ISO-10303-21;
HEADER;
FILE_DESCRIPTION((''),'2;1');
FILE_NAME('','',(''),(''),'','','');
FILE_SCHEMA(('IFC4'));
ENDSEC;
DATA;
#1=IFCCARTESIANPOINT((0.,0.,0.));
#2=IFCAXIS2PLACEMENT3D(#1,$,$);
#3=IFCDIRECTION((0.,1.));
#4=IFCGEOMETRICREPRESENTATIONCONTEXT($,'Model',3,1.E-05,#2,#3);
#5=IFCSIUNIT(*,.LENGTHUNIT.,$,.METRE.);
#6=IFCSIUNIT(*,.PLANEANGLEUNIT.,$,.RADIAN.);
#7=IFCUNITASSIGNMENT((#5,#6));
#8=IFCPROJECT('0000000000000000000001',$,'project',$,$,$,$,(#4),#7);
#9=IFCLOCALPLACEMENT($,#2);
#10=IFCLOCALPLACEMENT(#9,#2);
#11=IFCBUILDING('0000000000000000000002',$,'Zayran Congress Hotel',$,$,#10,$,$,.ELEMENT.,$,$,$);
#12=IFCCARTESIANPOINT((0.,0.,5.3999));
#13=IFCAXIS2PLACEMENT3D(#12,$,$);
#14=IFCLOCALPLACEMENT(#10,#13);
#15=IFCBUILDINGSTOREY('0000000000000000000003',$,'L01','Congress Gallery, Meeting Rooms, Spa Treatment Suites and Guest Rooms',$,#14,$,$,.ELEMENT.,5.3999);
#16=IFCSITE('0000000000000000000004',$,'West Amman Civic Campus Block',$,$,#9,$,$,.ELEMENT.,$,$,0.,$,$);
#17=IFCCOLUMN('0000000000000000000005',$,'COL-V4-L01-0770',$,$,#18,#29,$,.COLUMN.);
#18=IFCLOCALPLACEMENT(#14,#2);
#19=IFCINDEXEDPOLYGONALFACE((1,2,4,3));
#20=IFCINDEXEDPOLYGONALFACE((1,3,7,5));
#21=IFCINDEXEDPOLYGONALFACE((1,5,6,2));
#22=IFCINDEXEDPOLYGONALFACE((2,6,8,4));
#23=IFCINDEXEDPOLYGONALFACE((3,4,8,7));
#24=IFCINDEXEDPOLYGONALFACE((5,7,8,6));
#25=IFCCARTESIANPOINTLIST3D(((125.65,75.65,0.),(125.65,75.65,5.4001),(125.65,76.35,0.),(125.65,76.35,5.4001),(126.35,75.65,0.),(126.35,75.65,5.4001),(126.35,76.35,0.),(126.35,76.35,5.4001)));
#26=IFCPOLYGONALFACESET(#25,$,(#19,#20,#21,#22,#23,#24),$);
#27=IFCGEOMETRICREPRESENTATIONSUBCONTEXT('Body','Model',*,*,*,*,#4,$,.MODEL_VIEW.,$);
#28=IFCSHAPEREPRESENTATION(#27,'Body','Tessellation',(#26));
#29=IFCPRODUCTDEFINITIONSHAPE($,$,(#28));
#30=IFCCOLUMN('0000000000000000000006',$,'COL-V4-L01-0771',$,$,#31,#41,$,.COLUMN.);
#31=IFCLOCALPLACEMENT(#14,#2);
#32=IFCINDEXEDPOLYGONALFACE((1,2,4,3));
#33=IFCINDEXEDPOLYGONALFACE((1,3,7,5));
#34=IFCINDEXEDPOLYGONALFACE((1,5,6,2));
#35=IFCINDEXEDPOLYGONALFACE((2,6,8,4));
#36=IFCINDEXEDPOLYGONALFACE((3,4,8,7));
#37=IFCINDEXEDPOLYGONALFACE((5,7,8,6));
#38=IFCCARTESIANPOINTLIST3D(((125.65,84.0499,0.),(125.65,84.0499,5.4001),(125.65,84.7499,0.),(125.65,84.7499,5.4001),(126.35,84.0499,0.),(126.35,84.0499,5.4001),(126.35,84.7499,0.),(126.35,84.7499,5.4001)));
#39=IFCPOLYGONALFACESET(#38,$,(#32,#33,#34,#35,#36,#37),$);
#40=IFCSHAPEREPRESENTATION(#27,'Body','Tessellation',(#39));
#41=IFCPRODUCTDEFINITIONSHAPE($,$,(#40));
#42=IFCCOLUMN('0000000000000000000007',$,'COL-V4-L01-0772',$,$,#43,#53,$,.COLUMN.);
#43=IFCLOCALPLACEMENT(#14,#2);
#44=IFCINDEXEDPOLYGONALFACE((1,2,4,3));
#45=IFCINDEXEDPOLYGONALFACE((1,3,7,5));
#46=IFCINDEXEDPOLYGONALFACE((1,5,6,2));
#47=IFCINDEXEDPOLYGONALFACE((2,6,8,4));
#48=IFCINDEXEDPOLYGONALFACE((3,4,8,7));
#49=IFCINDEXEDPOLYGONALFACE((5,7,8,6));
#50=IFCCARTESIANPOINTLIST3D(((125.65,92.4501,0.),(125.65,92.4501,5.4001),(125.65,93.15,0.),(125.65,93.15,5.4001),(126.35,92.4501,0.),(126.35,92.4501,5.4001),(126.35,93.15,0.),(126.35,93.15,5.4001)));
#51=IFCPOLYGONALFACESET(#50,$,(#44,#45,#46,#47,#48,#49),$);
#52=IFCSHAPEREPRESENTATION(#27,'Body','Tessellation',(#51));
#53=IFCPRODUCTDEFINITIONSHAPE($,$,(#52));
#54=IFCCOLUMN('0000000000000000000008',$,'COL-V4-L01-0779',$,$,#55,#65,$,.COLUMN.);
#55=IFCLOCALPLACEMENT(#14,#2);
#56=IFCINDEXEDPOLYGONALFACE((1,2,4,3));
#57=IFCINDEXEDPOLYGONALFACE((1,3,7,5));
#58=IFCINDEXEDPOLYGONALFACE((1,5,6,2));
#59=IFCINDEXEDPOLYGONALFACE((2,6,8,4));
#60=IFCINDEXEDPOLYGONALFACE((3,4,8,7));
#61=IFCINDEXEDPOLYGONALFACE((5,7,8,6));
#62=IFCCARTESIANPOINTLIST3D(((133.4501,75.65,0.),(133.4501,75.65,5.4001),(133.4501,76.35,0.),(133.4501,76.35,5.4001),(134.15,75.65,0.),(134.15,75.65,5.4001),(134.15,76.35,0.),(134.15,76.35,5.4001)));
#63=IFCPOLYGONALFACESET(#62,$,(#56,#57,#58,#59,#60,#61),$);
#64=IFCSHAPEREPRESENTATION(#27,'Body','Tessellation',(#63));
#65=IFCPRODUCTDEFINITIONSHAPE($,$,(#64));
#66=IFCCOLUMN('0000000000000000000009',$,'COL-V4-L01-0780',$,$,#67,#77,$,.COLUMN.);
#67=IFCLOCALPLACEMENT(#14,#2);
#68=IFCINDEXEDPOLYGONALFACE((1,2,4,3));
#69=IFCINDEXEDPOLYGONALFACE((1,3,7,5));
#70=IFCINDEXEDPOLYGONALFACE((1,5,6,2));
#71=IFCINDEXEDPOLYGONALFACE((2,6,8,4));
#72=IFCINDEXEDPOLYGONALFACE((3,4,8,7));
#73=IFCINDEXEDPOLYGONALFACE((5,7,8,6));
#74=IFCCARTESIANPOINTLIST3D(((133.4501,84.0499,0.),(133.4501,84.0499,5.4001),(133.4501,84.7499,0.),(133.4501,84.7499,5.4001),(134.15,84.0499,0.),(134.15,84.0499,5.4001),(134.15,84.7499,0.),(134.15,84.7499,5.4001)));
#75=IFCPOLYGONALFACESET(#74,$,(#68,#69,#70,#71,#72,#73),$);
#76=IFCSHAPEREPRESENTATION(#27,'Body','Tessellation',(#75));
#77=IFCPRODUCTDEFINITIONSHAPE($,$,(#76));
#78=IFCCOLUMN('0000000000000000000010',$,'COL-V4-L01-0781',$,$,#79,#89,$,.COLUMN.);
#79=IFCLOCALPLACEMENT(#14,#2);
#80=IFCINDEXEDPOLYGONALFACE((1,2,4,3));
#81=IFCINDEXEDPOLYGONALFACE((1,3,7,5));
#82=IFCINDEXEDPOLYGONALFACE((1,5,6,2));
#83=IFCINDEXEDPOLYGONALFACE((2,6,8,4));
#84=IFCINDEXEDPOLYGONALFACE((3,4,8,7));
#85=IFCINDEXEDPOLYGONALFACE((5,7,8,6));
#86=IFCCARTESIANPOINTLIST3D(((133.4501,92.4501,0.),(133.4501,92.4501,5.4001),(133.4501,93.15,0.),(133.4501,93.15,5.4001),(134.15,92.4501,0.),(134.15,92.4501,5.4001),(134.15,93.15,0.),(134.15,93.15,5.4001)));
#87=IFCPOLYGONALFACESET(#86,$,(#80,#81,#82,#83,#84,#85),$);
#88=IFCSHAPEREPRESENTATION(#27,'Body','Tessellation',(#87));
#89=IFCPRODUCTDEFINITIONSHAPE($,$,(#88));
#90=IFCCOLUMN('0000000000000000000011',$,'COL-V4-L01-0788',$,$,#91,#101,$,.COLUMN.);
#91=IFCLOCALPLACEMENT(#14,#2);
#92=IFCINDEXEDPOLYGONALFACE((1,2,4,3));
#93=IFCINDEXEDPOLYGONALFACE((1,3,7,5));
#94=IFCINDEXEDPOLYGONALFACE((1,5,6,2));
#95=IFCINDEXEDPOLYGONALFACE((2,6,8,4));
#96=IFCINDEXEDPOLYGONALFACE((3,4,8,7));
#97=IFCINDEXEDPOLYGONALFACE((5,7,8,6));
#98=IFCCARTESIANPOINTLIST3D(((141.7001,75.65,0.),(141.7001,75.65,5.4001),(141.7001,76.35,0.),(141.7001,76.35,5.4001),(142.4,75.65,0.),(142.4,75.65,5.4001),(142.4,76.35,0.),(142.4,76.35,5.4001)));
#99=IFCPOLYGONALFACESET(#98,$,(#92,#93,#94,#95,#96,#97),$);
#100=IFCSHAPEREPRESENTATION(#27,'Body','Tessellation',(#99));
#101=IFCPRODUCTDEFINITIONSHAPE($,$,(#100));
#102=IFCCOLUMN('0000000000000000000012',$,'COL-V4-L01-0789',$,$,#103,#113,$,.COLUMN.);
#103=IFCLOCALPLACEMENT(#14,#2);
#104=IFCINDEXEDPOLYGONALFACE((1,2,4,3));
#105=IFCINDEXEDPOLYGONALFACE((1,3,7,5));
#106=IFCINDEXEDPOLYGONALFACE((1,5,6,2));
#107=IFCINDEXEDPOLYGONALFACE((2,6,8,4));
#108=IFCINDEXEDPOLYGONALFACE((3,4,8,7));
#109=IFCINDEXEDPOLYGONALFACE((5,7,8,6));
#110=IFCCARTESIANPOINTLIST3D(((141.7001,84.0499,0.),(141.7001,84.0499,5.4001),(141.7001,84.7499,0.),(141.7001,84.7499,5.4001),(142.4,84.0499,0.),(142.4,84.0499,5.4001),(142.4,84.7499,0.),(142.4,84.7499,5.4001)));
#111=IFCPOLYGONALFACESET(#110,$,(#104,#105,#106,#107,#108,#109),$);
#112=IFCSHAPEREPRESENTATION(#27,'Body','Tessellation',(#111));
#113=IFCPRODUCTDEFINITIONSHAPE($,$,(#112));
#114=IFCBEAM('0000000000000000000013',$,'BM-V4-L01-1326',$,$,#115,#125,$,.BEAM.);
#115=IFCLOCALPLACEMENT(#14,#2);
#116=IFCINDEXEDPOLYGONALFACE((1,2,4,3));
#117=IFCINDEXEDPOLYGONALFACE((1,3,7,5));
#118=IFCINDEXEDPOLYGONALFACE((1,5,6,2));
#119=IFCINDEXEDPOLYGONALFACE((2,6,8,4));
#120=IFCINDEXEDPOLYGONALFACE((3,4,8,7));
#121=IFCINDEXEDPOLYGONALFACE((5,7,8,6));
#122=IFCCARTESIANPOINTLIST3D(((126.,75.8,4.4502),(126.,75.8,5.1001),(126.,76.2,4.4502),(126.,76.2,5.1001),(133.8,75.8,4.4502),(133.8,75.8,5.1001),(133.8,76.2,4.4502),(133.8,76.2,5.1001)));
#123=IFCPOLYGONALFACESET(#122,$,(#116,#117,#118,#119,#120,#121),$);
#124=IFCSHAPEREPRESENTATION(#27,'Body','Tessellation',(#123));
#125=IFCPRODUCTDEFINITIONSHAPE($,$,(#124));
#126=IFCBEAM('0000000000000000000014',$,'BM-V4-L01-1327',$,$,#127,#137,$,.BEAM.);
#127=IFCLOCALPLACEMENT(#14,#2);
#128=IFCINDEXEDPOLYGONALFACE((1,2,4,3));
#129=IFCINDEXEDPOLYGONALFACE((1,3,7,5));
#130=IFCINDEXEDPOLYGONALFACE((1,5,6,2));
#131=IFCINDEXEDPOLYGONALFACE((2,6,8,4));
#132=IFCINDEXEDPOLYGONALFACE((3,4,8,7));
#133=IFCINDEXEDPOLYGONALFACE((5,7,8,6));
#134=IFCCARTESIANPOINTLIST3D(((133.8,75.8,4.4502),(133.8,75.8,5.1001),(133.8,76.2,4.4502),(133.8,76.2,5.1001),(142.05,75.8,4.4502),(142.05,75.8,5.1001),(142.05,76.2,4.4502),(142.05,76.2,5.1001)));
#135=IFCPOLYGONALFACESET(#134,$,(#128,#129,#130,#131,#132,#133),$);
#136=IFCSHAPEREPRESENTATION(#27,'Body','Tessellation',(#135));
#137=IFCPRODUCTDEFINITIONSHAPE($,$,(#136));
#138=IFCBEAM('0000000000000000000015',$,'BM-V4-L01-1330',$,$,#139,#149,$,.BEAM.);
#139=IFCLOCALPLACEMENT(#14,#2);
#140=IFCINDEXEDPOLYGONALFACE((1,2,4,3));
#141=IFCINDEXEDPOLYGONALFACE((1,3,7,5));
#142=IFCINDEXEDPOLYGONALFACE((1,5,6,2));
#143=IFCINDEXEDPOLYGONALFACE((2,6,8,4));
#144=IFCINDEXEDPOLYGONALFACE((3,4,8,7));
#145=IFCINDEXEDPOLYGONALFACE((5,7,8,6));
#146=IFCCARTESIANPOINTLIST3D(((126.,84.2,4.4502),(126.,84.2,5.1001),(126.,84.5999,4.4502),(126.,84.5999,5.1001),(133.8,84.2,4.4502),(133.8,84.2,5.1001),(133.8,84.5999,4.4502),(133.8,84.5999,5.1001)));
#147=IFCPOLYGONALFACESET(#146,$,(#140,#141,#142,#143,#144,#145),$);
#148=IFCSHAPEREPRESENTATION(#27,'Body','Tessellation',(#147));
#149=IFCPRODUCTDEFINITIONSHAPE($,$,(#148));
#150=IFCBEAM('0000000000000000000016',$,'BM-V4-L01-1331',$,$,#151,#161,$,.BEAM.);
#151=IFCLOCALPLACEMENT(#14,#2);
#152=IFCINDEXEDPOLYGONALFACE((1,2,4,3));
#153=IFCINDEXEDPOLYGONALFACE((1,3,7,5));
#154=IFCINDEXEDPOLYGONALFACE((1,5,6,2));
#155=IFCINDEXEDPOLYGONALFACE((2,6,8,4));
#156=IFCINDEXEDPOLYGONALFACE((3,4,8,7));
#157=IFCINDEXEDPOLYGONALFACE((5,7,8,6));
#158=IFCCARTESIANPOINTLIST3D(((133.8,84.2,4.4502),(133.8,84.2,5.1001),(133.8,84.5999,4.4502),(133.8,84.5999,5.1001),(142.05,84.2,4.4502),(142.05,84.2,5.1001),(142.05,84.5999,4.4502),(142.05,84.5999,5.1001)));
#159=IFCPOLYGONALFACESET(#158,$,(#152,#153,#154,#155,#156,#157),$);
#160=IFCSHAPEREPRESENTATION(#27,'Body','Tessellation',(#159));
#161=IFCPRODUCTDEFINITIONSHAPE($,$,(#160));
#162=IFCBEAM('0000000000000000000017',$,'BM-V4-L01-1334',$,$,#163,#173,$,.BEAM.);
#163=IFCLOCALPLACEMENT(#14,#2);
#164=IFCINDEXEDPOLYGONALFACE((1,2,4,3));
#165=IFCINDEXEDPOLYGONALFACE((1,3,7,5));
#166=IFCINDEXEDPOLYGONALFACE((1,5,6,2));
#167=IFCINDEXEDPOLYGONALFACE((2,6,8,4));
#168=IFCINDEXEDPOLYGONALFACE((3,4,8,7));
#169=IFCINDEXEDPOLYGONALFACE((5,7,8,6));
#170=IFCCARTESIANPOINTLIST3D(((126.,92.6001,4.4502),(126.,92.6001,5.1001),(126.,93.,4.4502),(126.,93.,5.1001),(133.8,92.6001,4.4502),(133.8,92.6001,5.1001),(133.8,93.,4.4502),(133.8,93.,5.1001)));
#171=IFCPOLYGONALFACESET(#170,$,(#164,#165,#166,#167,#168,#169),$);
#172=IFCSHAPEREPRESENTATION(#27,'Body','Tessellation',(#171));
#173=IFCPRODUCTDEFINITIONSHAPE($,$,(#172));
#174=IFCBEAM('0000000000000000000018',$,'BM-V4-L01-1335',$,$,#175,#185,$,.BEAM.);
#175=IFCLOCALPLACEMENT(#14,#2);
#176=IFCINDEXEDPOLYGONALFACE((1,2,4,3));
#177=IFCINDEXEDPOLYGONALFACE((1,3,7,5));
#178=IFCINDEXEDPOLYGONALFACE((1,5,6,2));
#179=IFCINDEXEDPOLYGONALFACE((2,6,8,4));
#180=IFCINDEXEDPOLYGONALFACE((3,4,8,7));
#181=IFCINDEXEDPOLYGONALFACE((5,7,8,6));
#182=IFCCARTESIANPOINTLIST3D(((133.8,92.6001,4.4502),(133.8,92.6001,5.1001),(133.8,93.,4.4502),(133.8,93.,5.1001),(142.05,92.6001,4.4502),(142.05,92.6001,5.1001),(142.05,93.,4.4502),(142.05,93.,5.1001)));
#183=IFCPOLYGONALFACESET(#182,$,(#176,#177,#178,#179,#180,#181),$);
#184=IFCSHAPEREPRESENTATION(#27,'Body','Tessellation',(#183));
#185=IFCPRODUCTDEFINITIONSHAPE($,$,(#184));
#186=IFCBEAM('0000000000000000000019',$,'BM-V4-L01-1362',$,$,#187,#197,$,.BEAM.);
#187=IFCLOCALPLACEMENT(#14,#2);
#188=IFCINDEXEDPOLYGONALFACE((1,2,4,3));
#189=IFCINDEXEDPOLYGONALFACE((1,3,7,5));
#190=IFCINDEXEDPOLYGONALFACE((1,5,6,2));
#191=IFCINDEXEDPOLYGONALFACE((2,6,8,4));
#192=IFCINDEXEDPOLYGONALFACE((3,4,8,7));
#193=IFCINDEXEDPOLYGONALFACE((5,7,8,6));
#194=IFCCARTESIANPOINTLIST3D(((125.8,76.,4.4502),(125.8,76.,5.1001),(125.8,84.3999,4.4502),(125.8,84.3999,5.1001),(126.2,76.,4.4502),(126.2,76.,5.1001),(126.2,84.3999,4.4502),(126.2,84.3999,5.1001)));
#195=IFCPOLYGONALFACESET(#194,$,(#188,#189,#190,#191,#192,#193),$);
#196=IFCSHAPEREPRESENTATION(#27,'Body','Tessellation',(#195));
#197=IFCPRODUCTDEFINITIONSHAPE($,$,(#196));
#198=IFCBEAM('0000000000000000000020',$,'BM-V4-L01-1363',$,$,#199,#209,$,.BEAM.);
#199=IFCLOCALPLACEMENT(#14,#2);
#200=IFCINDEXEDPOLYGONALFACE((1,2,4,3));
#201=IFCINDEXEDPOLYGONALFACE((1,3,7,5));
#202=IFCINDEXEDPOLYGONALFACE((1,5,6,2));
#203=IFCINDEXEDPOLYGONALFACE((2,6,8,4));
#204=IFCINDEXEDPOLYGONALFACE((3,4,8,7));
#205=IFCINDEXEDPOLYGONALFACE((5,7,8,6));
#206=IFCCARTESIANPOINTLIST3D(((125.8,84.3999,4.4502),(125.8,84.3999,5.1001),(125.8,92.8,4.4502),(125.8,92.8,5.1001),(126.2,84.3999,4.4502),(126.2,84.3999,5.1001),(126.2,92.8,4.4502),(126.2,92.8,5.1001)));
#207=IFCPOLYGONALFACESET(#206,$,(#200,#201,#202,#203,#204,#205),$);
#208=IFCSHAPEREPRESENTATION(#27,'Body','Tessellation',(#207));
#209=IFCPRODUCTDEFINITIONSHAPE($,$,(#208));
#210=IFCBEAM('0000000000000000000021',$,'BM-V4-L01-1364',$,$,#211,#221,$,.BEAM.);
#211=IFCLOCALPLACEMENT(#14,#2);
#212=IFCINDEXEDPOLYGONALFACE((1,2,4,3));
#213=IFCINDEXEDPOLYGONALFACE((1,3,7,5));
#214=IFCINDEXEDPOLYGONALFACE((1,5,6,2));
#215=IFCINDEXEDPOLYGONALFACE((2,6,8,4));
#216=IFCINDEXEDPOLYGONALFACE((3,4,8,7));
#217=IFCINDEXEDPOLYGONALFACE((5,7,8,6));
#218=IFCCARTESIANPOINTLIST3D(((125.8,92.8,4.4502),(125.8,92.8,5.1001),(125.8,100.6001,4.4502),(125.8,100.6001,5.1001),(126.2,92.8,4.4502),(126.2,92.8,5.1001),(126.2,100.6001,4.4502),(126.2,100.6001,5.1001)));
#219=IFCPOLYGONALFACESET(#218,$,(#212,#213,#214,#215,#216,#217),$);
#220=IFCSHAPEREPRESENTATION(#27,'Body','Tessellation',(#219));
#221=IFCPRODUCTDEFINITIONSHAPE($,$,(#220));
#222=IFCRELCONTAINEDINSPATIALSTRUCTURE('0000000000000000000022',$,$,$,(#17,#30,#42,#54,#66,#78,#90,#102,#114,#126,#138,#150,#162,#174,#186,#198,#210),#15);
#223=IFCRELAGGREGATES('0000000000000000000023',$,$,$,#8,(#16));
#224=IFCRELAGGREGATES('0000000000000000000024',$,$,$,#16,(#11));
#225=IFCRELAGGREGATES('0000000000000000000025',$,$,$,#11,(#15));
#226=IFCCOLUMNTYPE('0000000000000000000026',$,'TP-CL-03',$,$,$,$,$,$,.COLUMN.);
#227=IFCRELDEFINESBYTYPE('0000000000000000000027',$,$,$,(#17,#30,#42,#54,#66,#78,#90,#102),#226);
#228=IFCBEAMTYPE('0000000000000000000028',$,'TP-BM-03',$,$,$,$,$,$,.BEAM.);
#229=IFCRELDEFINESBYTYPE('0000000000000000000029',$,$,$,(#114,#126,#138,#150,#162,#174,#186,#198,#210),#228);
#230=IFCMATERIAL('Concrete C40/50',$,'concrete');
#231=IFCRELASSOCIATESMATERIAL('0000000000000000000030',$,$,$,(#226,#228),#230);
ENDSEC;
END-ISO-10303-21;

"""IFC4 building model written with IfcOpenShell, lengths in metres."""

from ifc_helpers import new_model, si_unit, direction, frame, origin, origin_2d, place, context, subcontext, project, spatial, rectangle, extrude, material, material_profile, profile_set, type_object, element, save


model = new_model("IFC4")

# Units and contexts
model_context = context("Model", 3, precision=1e-05, world=origin(), true_north=direction((0.0, 1.0)))
body_context = subcontext(model_context, "Body", "Model", "MODEL_VIEW")
ifc_project = project(units=[si_unit("LENGTHUNIT", "METRE"), si_unit("PLANEANGLEUNIT", "RADIAN")], contexts=[model_context])

# Site, building, storey
site_placement = place(None, origin())
site = spatial("IfcSite", under=ifc_project, at=site_placement, Name="West Amman Civic Campus Block", CompositionType="ELEMENT", RefElevation=0.0)
building_placement = place(site_placement, origin())
building = spatial("IfcBuilding", under=site, at=building_placement, Name="Zayran Congress Hotel", CompositionType="ELEMENT")
storey_placement = place(building_placement, frame((0.0, 0.0, 5.3999)))
storey = spatial("IfcBuildingStorey", under=building, at=storey_placement, Name="L01", Description="Congress Gallery, Meeting Rooms, Spa Treatment Suites and Guest Rooms", CompositionType="ELEMENT", Elevation=5.3999)

# Columns
ifc_material_1 = material(Name="Concrete C40/50", Category="concrete")
ifc_material_profile_1 = material_profile(ifc_material_1, rectangle(XDim=0.7, YDim=0.7, at=origin_2d()), Name="RC 700x700")
ifc_profile_set_1 = profile_set([ifc_material_profile_1], Name="Concrete C40/50")
column_type = type_object("IfcColumnType", Name="TP-CL-03", PredefinedType="COLUMN", material=ifc_profile_set_1)
for number, where, z_axis, x_axis, name in (
    (1, (126.0, 76.0, 0.0), (0.0, 0.0, 1.0), (1.0, 0.0, 0.0), "COL-V4-L01-0770"),
    (2, (126.0, 84.3999, 0.0), (0.0, 0.0, 1.0), (1.0, 0.0, 0.0), "COL-V4-L01-0771"),
    (3, (126.0, 92.8, 0.0), (0.0, 0.0, 1.0), (1.0, 0.0, 0.0), "COL-V4-L01-0772"),
    (4, (133.8, 76.0, 0.0), (0.0, 0.0, 1.0), (1.0, 0.0, 0.0), "COL-V4-L01-0779"),
    (5, (133.8, 84.3999, 0.0), (0.0, 0.0, 1.0), (1.0, 0.0, 0.0), "COL-V4-L01-0780"),
    (6, (133.8, 92.8, 0.0), (0.0, 0.0, 1.0), (1.0, 0.0, 0.0), "COL-V4-L01-0781"),
    (7, (142.05, 76.0, 0.0), (0.0, 0.0, 1.0), (1.0, 0.0, 0.0), "COL-V4-L01-0788"),
    (8, (142.05, 84.3999, 0.0), (0.0, 0.0, 1.0), (1.0, 0.0, 0.0), "COL-V4-L01-0789"),
):
    element("IfcColumn", number, at=place(storey_placement, frame(where, z_axis=z_axis, x_axis=x_axis)), inside=storey, type_object=column_type, Name=name, PredefinedType="COLUMN", context=body_context, shape_type="SweptSolid", body=[
        extrude(rectangle(XDim=0.7, YDim=0.7, at=origin_2d()), origin(), (0.0, 0.0, 1.0), 5.4001),
    ])

# Beams
ifc_material_profile_2 = material_profile(ifc_material_1, rectangle(XDim=0.3999, YDim=0.6499, at=origin_2d()), Name="RC 400x650")
ifc_profile_set_2 = profile_set([ifc_material_profile_2], Name="Concrete C40/50")
beam_type_1 = type_object("IfcBeamType", Name="TP-BM-03", PredefinedType="BEAM", material=ifc_profile_set_2)
beam_1_placement = place(storey_placement, frame((126.0, 76.0, 4.7751), z_axis=(1.0, 0.0, 0.0), x_axis=(0.0, 1.0, 0.0)))
element("IfcBeam", 9, at=beam_1_placement, inside=storey, type_object=beam_type_1, Name="BM-V4-L01-1326", PredefinedType="BEAM", context=body_context, shape_type="SweptSolid", body=[
    extrude(rectangle(XDim=0.3999, YDim=0.6499, at=origin_2d()), origin(), (0.0, 0.0, 1.0), 7.8),
])
beam_2_placement = place(storey_placement, frame((133.8, 76.0, 4.7751), z_axis=(1.0, 0.0, 0.0), x_axis=(0.0, 1.0, 0.0)))
element("IfcBeam", 10, at=beam_2_placement, inside=storey, type_object=beam_type_1, Name="BM-V4-L01-1327", PredefinedType="BEAM", context=body_context, shape_type="SweptSolid", body=[
    extrude(rectangle(XDim=0.3999, YDim=0.6499, at=origin_2d()), origin(), (0.0, 0.0, 1.0), 8.25),
])
beam_3_placement = place(storey_placement, frame((126.0, 84.3999, 4.7751), z_axis=(1.0, 0.0, 0.0), x_axis=(0.0, 1.0, 0.0)))
element("IfcBeam", 11, at=beam_3_placement, inside=storey, type_object=beam_type_1, Name="BM-V4-L01-1330", PredefinedType="BEAM", context=body_context, shape_type="SweptSolid", body=[
    extrude(rectangle(XDim=0.3999, YDim=0.6499, at=origin_2d()), origin(), (0.0, 0.0, 1.0), 7.8),
])
beam_4_placement = place(storey_placement, frame((133.8, 84.3999, 4.7751), z_axis=(1.0, 0.0, 0.0), x_axis=(0.0, 1.0, 0.0)))
element("IfcBeam", 12, at=beam_4_placement, inside=storey, type_object=beam_type_1, Name="BM-V4-L01-1331", PredefinedType="BEAM", context=body_context, shape_type="SweptSolid", body=[
    extrude(rectangle(XDim=0.3999, YDim=0.6499, at=origin_2d()), origin(), (0.0, 0.0, 1.0), 8.25),
])
beam_5_placement = place(storey_placement, frame((126.0, 92.8, 4.7751), z_axis=(1.0, 0.0, 0.0), x_axis=(0.0, 1.0, 0.0)))
element("IfcBeam", 13, at=beam_5_placement, inside=storey, type_object=beam_type_1, Name="BM-V4-L01-1334", PredefinedType="BEAM", context=body_context, shape_type="SweptSolid", body=[
    extrude(rectangle(XDim=0.3999, YDim=0.6499, at=origin_2d()), origin(), (0.0, 0.0, 1.0), 7.8),
])
beam_6_placement = place(storey_placement, frame((133.8, 92.8, 4.7751), z_axis=(1.0, 0.0, 0.0), x_axis=(0.0, 1.0, 0.0)))
element("IfcBeam", 14, at=beam_6_placement, inside=storey, type_object=beam_type_1, Name="BM-V4-L01-1335", PredefinedType="BEAM", context=body_context, shape_type="SweptSolid", body=[
    extrude(rectangle(XDim=0.3999, YDim=0.6499, at=origin_2d()), origin(), (0.0, 0.0, 1.0), 8.25),
])
beam_7_placement = place(storey_placement, frame((126.0, 76.0, 4.7751), z_axis=(0.0, 1.0, 0.0), x_axis=(-1.0, 0.0, 0.0)))
element("IfcBeam", 15, at=beam_7_placement, inside=storey, type_object=beam_type_1, Name="BM-V4-L01-1362", PredefinedType="BEAM", context=body_context, shape_type="SweptSolid", body=[
    extrude(rectangle(XDim=0.3999, YDim=0.6499, at=origin_2d()), origin(), (0.0, 0.0, 1.0), 8.3999),
])
beam_8_placement = place(storey_placement, frame((126.0, 84.3999, 4.7751), z_axis=(0.0, 1.0, 0.0), x_axis=(-1.0, 0.0, 0.0)))
element("IfcBeam", 16, at=beam_8_placement, inside=storey, type_object=beam_type_1, Name="BM-V4-L01-1363", PredefinedType="BEAM", context=body_context, shape_type="SweptSolid", body=[
    extrude(rectangle(XDim=0.3999, YDim=0.6499, at=origin_2d()), origin(), (0.0, 0.0, 1.0), 8.4001),
])
beam_9_placement = place(storey_placement, frame((126.0, 92.8, 4.7751), z_axis=(0.0, 1.0, 0.0), x_axis=(-1.0, 0.0, 0.0)))
element("IfcBeam", 17, at=beam_9_placement, inside=storey, type_object=beam_type_1, Name="BM-V4-L01-1364", PredefinedType="BEAM", context=body_context, shape_type="SweptSolid", body=[
    extrude(rectangle(XDim=0.3999, YDim=0.6499, at=origin_2d()), origin(), (0.0, 0.0, 1.0), 7.8),
])

save(model, "model.ifc")
